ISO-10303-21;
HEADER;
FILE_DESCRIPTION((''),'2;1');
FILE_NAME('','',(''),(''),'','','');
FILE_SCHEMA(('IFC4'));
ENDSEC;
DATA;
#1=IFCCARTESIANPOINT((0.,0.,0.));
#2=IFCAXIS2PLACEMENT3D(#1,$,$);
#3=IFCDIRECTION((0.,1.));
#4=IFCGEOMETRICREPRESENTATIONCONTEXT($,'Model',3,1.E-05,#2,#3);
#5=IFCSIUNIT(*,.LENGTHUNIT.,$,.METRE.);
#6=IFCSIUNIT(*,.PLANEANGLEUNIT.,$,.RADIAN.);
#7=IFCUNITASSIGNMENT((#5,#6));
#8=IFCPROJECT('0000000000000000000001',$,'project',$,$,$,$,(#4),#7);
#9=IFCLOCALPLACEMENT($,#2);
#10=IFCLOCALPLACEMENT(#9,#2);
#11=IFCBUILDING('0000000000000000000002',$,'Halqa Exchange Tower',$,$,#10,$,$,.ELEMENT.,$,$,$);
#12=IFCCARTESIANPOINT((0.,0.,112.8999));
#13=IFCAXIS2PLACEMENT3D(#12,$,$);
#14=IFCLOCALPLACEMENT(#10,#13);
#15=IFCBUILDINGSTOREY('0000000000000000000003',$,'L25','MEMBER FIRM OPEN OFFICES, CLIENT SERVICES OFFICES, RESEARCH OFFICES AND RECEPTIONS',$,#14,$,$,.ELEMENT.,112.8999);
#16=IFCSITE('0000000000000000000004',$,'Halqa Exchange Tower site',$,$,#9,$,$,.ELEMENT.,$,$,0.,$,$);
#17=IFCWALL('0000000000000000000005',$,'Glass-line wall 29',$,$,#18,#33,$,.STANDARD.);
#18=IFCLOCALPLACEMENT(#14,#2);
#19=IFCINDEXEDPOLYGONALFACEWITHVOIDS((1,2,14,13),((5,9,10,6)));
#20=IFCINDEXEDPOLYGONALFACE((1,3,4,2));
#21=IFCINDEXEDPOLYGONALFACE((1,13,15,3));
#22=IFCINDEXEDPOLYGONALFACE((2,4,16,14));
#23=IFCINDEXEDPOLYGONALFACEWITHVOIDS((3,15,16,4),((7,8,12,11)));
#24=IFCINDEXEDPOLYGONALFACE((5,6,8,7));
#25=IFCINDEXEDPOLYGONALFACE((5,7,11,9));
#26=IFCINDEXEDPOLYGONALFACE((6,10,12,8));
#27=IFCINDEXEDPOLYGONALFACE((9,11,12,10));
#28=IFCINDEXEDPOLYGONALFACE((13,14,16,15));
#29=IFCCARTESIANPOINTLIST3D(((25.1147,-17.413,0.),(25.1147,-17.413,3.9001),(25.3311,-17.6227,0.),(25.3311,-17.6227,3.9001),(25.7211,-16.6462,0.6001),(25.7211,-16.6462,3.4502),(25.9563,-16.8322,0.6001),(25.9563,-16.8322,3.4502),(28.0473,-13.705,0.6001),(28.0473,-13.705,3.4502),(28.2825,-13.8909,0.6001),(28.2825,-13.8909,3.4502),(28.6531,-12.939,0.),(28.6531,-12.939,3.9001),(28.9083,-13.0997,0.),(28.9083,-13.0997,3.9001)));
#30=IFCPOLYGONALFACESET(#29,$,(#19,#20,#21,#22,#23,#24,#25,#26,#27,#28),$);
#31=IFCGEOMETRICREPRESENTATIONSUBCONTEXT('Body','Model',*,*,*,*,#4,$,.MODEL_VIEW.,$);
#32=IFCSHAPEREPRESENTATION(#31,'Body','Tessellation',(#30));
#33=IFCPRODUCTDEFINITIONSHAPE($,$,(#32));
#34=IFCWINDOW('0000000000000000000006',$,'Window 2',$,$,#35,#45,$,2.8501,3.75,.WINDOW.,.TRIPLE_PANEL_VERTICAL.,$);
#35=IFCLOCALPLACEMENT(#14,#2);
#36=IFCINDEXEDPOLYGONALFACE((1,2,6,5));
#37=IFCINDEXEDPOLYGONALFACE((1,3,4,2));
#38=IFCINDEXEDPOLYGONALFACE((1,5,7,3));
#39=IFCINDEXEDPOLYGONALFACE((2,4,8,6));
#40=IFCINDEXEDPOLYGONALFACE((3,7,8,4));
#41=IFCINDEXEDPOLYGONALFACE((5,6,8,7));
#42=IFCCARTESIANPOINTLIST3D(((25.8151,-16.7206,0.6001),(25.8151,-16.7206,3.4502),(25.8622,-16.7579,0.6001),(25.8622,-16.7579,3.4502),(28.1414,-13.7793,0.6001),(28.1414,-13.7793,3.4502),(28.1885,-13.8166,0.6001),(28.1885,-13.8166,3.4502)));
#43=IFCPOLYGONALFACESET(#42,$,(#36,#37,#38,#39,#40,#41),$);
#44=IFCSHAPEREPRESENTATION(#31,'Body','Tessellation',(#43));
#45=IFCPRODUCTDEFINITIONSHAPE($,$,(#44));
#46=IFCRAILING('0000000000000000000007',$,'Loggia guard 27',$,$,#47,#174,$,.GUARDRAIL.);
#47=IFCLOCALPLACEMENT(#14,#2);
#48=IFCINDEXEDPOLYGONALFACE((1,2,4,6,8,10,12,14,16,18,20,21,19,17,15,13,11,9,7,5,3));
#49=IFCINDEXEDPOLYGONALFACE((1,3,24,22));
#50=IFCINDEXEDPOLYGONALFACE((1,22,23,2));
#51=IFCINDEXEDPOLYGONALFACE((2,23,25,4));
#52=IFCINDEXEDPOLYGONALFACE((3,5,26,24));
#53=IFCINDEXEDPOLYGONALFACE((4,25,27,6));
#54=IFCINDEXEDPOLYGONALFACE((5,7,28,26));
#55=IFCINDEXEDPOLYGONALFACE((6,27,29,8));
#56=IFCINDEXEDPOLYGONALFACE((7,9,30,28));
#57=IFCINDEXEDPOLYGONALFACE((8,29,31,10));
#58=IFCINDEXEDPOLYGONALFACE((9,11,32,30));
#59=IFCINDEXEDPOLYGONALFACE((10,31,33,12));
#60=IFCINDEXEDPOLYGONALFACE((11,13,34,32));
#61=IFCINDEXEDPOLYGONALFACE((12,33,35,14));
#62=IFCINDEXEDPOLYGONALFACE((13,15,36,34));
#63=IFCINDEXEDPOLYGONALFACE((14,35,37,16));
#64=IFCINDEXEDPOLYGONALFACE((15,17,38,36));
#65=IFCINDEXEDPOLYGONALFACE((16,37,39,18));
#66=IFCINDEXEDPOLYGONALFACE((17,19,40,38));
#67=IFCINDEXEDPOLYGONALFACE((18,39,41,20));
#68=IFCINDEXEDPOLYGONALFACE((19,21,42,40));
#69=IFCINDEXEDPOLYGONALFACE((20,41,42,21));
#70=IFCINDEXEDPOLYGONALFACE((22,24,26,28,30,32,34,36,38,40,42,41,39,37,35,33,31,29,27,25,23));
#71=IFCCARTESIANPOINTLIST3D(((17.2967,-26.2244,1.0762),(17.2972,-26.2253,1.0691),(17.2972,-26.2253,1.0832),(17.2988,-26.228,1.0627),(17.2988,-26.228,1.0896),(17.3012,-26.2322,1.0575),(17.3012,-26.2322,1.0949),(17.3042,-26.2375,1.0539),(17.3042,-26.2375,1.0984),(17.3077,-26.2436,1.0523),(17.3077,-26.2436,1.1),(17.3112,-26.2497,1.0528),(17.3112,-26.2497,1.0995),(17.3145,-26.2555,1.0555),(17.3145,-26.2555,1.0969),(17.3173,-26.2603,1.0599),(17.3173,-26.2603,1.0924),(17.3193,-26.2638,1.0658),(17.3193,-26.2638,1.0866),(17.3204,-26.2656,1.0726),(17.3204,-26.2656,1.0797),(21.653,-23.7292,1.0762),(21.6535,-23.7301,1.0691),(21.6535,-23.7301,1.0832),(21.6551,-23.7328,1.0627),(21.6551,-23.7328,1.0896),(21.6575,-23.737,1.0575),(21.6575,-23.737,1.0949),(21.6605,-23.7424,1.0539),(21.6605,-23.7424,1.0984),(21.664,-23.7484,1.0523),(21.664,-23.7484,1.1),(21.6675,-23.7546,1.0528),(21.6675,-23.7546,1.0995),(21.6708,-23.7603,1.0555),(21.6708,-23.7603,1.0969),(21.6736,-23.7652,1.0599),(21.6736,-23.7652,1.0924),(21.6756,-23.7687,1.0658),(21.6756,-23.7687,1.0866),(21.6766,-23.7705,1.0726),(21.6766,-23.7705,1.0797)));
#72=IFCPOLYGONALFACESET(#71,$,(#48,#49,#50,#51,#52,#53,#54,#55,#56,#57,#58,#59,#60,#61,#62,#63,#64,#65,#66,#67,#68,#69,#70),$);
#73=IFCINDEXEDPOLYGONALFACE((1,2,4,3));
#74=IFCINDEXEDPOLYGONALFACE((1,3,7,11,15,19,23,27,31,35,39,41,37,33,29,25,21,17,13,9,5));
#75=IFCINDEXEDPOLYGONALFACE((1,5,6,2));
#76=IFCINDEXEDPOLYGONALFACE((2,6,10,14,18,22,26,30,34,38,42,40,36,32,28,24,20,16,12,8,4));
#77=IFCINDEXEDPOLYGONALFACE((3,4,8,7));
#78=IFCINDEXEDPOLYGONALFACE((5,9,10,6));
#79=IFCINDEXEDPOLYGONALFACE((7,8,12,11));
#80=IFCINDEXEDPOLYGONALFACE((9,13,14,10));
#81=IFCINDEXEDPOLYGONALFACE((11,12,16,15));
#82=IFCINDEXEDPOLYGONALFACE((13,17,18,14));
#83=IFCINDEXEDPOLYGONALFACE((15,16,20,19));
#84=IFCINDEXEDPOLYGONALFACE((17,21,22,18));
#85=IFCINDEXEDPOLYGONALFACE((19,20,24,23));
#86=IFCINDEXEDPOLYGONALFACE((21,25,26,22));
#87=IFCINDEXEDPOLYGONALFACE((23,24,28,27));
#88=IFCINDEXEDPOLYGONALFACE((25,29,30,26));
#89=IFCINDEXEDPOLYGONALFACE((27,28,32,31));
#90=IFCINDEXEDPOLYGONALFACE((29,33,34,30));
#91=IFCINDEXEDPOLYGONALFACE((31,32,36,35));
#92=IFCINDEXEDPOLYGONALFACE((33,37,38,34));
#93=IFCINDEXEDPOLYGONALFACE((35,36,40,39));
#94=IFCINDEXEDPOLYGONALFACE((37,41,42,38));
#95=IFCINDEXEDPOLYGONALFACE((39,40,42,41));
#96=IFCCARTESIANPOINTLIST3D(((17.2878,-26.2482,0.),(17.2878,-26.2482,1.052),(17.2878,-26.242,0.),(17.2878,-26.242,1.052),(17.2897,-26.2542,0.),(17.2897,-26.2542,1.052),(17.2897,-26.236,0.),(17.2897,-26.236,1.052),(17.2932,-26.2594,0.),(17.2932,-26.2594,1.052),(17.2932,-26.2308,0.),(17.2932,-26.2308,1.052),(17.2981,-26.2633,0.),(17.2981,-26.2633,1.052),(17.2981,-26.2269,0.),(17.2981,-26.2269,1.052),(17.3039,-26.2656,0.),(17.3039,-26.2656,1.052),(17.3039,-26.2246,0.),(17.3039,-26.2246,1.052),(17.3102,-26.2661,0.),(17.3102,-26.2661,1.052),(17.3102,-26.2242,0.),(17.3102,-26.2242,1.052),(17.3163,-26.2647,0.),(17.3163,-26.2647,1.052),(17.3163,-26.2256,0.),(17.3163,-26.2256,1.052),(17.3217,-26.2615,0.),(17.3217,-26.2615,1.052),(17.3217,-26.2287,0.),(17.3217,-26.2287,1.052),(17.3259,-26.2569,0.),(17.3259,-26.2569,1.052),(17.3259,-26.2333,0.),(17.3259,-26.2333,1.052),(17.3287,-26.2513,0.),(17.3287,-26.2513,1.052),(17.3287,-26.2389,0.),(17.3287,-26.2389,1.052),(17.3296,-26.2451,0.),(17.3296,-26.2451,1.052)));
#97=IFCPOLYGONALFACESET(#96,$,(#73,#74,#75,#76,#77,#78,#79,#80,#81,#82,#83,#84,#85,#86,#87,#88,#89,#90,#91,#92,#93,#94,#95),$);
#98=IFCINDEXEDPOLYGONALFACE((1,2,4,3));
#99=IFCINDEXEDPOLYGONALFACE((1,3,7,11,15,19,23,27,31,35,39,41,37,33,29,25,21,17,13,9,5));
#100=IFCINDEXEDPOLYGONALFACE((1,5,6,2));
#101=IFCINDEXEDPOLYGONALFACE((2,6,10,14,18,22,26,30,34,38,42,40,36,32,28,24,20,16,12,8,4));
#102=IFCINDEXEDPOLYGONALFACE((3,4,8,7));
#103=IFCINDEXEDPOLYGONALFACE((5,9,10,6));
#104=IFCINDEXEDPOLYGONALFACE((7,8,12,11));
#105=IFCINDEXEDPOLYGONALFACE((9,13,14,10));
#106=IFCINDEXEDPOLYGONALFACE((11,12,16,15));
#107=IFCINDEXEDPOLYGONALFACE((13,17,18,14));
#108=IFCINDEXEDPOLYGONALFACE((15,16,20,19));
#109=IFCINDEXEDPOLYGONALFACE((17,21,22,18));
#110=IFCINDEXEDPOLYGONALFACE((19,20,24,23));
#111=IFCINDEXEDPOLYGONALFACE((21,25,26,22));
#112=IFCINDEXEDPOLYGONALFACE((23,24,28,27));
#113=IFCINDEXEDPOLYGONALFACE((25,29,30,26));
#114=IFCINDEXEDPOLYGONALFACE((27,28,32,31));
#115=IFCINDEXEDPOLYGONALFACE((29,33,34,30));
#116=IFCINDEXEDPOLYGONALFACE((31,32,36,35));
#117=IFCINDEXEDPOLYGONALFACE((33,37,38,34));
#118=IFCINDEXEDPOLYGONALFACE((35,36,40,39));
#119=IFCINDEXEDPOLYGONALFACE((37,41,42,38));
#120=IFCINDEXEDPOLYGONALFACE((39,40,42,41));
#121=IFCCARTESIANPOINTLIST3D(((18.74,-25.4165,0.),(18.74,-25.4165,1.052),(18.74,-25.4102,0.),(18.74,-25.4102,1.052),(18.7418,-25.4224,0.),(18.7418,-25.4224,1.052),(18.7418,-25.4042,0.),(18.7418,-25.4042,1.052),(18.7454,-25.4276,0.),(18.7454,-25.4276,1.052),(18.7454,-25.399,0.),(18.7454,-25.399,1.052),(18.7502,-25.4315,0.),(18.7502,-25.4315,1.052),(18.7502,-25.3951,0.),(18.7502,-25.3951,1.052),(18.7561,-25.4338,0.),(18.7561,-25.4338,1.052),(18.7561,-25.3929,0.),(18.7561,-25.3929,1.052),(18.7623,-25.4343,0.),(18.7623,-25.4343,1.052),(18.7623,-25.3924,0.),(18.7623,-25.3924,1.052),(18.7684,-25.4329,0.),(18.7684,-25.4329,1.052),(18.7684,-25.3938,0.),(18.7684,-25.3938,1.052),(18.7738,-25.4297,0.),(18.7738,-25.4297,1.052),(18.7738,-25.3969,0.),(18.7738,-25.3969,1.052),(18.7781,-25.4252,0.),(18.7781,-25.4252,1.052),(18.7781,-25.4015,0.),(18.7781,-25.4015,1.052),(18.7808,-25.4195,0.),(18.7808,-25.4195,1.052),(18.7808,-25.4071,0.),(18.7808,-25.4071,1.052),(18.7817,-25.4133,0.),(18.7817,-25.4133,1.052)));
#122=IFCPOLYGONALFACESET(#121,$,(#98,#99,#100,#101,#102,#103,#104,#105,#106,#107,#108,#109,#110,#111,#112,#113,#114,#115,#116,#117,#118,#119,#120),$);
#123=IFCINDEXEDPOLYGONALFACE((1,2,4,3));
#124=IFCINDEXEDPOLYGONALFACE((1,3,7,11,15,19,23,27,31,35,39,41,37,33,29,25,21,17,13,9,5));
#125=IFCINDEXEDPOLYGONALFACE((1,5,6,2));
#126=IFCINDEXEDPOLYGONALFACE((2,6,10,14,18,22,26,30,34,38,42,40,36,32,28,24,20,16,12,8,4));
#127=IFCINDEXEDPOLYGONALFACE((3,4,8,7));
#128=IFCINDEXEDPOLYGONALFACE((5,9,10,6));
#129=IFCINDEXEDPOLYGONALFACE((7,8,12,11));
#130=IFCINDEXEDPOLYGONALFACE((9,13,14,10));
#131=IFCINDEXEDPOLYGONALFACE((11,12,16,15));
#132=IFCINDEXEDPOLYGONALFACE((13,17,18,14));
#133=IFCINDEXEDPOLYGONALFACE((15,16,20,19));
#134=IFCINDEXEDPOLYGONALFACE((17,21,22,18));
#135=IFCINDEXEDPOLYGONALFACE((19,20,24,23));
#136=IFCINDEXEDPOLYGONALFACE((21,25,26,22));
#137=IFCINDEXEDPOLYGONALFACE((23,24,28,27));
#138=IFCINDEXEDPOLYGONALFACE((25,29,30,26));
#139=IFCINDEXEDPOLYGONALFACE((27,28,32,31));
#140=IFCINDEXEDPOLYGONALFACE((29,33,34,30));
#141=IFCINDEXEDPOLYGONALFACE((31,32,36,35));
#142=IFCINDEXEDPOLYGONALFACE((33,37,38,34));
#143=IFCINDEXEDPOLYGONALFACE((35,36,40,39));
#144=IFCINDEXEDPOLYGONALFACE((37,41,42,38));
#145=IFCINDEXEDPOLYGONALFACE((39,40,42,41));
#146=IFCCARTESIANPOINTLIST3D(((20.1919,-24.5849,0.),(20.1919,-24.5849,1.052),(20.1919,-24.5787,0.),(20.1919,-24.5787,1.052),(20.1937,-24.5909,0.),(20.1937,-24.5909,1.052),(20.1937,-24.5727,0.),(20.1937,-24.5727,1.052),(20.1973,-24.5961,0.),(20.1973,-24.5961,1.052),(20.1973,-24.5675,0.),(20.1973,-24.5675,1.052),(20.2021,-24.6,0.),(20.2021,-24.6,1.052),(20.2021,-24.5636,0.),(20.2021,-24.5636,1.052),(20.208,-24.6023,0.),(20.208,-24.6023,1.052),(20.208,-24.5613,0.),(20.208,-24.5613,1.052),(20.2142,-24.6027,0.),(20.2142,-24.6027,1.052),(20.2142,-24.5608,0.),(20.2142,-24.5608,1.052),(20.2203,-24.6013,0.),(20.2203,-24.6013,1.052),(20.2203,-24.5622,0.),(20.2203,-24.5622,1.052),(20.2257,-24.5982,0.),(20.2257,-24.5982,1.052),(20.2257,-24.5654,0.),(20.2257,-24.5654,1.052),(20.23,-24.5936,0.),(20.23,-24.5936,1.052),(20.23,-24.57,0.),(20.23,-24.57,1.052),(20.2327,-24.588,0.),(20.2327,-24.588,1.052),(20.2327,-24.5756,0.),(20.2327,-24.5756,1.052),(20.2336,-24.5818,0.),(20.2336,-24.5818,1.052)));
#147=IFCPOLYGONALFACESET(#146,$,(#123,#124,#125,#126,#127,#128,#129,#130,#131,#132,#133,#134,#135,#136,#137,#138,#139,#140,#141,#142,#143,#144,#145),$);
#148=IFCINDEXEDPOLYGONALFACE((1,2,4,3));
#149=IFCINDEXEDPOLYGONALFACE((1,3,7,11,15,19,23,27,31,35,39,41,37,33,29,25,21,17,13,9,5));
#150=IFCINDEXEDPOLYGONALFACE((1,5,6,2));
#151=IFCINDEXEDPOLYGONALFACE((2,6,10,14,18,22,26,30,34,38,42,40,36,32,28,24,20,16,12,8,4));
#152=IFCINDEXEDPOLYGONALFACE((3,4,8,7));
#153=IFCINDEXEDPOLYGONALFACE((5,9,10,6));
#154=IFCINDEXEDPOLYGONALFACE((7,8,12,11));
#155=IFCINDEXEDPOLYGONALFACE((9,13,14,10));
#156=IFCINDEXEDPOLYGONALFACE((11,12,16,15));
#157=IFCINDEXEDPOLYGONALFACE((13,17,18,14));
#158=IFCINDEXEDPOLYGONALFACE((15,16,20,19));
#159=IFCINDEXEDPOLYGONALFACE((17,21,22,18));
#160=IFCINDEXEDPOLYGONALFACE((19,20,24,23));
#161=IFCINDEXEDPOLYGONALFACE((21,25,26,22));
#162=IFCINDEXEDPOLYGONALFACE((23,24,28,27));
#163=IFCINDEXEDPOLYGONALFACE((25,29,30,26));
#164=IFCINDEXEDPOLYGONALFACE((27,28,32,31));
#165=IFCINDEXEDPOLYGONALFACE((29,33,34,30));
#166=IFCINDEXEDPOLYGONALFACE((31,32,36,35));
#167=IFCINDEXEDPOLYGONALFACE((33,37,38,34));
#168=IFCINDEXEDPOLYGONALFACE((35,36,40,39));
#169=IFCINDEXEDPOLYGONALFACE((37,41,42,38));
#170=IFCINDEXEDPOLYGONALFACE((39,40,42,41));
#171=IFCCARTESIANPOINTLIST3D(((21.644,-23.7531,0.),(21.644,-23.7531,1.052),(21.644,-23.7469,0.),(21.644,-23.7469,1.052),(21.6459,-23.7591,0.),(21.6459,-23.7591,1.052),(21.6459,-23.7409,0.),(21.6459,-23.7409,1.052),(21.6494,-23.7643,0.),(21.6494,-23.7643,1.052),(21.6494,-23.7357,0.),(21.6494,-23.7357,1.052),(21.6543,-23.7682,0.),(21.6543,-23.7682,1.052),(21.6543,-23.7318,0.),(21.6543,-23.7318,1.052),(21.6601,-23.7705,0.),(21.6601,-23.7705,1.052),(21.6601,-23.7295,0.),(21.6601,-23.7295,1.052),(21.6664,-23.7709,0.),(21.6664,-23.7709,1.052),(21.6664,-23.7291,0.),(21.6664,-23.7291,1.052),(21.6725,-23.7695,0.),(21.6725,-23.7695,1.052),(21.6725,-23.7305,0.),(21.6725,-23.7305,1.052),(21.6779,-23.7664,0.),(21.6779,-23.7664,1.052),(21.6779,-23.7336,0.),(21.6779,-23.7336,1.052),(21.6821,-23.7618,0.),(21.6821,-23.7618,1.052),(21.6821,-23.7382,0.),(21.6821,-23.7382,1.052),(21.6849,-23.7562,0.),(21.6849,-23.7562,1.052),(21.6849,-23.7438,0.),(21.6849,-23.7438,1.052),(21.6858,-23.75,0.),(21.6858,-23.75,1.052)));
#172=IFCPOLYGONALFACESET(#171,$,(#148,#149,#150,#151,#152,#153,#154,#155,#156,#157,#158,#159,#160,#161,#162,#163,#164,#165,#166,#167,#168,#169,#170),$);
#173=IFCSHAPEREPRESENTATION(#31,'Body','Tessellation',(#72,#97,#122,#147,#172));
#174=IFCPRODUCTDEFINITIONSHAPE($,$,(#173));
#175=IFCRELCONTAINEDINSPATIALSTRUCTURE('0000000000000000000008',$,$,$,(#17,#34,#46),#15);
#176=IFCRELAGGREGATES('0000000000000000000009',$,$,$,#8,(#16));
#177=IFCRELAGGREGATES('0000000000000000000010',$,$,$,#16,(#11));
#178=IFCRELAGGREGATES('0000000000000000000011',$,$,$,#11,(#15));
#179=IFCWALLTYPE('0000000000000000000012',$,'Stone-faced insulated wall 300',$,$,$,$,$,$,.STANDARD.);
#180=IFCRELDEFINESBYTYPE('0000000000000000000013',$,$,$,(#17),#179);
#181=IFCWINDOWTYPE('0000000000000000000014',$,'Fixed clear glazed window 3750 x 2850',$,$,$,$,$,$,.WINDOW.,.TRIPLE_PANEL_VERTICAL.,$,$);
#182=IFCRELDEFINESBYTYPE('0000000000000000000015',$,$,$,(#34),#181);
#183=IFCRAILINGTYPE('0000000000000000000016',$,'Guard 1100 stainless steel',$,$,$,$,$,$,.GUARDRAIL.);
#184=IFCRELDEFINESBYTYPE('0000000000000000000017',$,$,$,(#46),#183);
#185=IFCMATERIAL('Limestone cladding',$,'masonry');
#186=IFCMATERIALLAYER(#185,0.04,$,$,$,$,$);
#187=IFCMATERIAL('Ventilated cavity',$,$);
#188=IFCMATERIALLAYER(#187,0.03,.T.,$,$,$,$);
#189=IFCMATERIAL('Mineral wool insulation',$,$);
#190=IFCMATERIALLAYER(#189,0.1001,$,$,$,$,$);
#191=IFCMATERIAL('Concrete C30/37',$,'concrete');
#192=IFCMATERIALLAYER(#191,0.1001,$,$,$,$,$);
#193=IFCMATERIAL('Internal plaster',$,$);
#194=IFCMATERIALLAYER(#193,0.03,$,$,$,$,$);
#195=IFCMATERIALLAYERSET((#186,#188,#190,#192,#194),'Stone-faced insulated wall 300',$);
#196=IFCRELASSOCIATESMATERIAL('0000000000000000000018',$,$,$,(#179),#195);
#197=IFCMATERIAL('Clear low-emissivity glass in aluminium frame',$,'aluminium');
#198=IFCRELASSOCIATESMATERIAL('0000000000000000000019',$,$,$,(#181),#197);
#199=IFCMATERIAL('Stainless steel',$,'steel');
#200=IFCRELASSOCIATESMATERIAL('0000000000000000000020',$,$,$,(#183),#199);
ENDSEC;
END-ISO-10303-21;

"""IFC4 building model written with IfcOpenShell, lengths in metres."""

from ifc_helpers import new_model, si_unit, direction, frame, frame_2d, origin, origin_2d, place, context, subcontext, project, spatial, polyline, rectangle, circle, outline, extrude, material, layer, layer_set, type_object, element, fill, save


model = new_model("IFC4")

# Units and contexts
model_context = context("Model", 3, precision=1e-05, world=origin(), true_north=direction((0.0, 1.0)))
body_context = subcontext(model_context, "Body", "Model", "MODEL_VIEW")
ifc_project = project(units=[si_unit("LENGTHUNIT", "METRE"), si_unit("PLANEANGLEUNIT", "RADIAN")], contexts=[model_context])

# Site, building, storey
site_placement = place(None, origin())
site = spatial("IfcSite", under=ifc_project, at=site_placement, Name="Halqa Exchange Tower site", CompositionType="ELEMENT", RefElevation=0.0)
building_placement = place(site_placement, origin())
building = spatial("IfcBuilding", under=site, at=building_placement, Name="Halqa Exchange Tower", CompositionType="ELEMENT")
storey_placement = place(building_placement, frame((0.0, 0.0, 112.8999)))
storey = spatial("IfcBuildingStorey", under=building, at=storey_placement, Name="L25", Description="MEMBER FIRM OPEN OFFICES, CLIENT SERVICES OFFICES, RESEARCH OFFICES AND RECEPTIONS", CompositionType="ELEMENT", Elevation=112.8999)

# Shared definitions
ifc_material_1 = material(Name="Limestone cladding", Category="masonry")
ifc_layer_1 = layer(ifc_material_1, 0.04)
ifc_material_2 = material(Name="Ventilated cavity")
ifc_layer_2 = layer(ifc_material_2, 0.03, ventilated=True)
ifc_material_3 = material(Name="Mineral wool insulation")
ifc_layer_3 = layer(ifc_material_3, 0.1001)
ifc_material_4 = material(Name="Concrete C30/37", Category="concrete")
ifc_layer_4 = layer(ifc_material_4, 0.1001)
ifc_material_5 = material(Name="Internal plaster")
ifc_layer_5 = layer(ifc_material_5, 0.03)
ifc_layer_set_1 = layer_set([ifc_layer_1, ifc_layer_2, ifc_layer_3, ifc_layer_4, ifc_layer_5], Name="Stone-faced insulated wall 300")
wall_type_1 = type_object("IfcWallType", Name="Stone-faced insulated wall 300", PredefinedType="STANDARD", material=ifc_layer_set_1)
ifc_material_6 = material(Name="Clear low-emissivity glass in aluminium frame", Category="aluminium")
window_type = type_object("IfcWindowType", Name="Fixed clear glazed window 3750 x 2850", PartitioningType="TRIPLE_PANEL_VERTICAL", PredefinedType="WINDOW", material=ifc_material_6)

# Wall, opening, window
wall_1_placement = place(storey_placement, frame((25.2229, -17.5178, 0.0), z_axis=(0.0, 0.0, 1.0), x_axis=(0.62033, 0.784341, 0.0)))
wall_1 = element("IfcWall", 1, at=wall_1_placement, inside=storey, type_object=wall_type_1, Name="Glass-line wall 29", PredefinedType="STANDARD", context=body_context, shape_type="SweptSolid", body=[
    extrude(outline(polyline([(-0.0151, -0.1499), (5.7515, -0.1499), (5.7192, 0.1499), (0.0151, 0.1499), (-0.0151, -0.1499)])), origin(), (0.0, 0.0, 1.0), 3.9001),
])
opening_1_placement = place(wall_1_placement, frame((0.9927, 0.0, 0.6001)))
opening_1 = element("IfcOpeningElement", 2, at=opening_1_placement, cuts=wall_1, PredefinedType="OPENING", context=body_context, shape_type="SweptSolid", body=[
    extrude(rectangle(XDim=3.75, YDim=2.8501, at=frame_2d((1.875, 1.425))), frame((0.0, 0.1621, 0.0), z_axis=(0.0, -1.0, 0.0), x_axis=(1.0, 0.0, 0.0)), (0.0, 0.0, 1.0), 0.324),
])
window_1_placement = place(opening_1_placement, origin())
window_1 = element("IfcWindow", 3, at=window_1_placement, inside=storey, type_object=window_type, Name="Window 2", OverallHeight=2.8501, OverallWidth=3.75, PartitioningType="TRIPLE_PANEL_VERTICAL", PredefinedType="WINDOW", context=body_context, shape_type="SweptSolid", body=[
    extrude(rectangle(XDim=3.75, YDim=2.8501, at=frame_2d((1.875, 1.425))), frame((0.0, 0.03, 0.0), z_axis=(0.0, -1.0, 0.0), x_axis=(1.0, 0.0, 0.0)), (0.0, 0.0, 1.0), 0.0601),
])
fill(opening_1, window_1)

# Railing
ifc_material_7 = material(Name="Stainless steel", Category="steel")
railing_type = type_object("IfcRailingType", Name="Guard 1100 stainless steel", PredefinedType="GUARDRAIL", material=ifc_material_7)
railing_1_placement = place(storey_placement, frame((17.3086, -26.2451, 0.0)))
element("IfcRailing", 4, at=railing_1_placement, inside=storey, type_object=railing_type, Name="Loggia guard 27", PredefinedType="GUARDRAIL", context=body_context, shape_type="SweptSolid", body=[
    extrude(circle(Radius=0.0239, at=origin_2d()), frame((0.0, 0.0, 1.0762), z_axis=(0.86774, 0.497019, 0.0), x_axis=(-0.497019, 0.86774, 0.0)), (0.0, 0.0, 1.0), 5.0203),
    extrude(circle(Radius=0.021, at=origin_2d()), origin(), (0.0, 0.0, 1.0), 1.052),
    extrude(circle(Radius=0.021, at=origin_2d()), frame((1.4521, 0.8318, 0.0)), (0.0, 0.0, 1.0), 1.052),
    extrude(circle(Radius=0.021, at=origin_2d()), frame((2.9041, 1.6633, 0.0)), (0.0, 0.0, 1.0), 1.052),
    extrude(circle(Radius=0.021, at=origin_2d()), frame((4.3562, 2.4951, 0.0)), (0.0, 0.0, 1.0), 1.052),
])

save(model, "model.ifc")
